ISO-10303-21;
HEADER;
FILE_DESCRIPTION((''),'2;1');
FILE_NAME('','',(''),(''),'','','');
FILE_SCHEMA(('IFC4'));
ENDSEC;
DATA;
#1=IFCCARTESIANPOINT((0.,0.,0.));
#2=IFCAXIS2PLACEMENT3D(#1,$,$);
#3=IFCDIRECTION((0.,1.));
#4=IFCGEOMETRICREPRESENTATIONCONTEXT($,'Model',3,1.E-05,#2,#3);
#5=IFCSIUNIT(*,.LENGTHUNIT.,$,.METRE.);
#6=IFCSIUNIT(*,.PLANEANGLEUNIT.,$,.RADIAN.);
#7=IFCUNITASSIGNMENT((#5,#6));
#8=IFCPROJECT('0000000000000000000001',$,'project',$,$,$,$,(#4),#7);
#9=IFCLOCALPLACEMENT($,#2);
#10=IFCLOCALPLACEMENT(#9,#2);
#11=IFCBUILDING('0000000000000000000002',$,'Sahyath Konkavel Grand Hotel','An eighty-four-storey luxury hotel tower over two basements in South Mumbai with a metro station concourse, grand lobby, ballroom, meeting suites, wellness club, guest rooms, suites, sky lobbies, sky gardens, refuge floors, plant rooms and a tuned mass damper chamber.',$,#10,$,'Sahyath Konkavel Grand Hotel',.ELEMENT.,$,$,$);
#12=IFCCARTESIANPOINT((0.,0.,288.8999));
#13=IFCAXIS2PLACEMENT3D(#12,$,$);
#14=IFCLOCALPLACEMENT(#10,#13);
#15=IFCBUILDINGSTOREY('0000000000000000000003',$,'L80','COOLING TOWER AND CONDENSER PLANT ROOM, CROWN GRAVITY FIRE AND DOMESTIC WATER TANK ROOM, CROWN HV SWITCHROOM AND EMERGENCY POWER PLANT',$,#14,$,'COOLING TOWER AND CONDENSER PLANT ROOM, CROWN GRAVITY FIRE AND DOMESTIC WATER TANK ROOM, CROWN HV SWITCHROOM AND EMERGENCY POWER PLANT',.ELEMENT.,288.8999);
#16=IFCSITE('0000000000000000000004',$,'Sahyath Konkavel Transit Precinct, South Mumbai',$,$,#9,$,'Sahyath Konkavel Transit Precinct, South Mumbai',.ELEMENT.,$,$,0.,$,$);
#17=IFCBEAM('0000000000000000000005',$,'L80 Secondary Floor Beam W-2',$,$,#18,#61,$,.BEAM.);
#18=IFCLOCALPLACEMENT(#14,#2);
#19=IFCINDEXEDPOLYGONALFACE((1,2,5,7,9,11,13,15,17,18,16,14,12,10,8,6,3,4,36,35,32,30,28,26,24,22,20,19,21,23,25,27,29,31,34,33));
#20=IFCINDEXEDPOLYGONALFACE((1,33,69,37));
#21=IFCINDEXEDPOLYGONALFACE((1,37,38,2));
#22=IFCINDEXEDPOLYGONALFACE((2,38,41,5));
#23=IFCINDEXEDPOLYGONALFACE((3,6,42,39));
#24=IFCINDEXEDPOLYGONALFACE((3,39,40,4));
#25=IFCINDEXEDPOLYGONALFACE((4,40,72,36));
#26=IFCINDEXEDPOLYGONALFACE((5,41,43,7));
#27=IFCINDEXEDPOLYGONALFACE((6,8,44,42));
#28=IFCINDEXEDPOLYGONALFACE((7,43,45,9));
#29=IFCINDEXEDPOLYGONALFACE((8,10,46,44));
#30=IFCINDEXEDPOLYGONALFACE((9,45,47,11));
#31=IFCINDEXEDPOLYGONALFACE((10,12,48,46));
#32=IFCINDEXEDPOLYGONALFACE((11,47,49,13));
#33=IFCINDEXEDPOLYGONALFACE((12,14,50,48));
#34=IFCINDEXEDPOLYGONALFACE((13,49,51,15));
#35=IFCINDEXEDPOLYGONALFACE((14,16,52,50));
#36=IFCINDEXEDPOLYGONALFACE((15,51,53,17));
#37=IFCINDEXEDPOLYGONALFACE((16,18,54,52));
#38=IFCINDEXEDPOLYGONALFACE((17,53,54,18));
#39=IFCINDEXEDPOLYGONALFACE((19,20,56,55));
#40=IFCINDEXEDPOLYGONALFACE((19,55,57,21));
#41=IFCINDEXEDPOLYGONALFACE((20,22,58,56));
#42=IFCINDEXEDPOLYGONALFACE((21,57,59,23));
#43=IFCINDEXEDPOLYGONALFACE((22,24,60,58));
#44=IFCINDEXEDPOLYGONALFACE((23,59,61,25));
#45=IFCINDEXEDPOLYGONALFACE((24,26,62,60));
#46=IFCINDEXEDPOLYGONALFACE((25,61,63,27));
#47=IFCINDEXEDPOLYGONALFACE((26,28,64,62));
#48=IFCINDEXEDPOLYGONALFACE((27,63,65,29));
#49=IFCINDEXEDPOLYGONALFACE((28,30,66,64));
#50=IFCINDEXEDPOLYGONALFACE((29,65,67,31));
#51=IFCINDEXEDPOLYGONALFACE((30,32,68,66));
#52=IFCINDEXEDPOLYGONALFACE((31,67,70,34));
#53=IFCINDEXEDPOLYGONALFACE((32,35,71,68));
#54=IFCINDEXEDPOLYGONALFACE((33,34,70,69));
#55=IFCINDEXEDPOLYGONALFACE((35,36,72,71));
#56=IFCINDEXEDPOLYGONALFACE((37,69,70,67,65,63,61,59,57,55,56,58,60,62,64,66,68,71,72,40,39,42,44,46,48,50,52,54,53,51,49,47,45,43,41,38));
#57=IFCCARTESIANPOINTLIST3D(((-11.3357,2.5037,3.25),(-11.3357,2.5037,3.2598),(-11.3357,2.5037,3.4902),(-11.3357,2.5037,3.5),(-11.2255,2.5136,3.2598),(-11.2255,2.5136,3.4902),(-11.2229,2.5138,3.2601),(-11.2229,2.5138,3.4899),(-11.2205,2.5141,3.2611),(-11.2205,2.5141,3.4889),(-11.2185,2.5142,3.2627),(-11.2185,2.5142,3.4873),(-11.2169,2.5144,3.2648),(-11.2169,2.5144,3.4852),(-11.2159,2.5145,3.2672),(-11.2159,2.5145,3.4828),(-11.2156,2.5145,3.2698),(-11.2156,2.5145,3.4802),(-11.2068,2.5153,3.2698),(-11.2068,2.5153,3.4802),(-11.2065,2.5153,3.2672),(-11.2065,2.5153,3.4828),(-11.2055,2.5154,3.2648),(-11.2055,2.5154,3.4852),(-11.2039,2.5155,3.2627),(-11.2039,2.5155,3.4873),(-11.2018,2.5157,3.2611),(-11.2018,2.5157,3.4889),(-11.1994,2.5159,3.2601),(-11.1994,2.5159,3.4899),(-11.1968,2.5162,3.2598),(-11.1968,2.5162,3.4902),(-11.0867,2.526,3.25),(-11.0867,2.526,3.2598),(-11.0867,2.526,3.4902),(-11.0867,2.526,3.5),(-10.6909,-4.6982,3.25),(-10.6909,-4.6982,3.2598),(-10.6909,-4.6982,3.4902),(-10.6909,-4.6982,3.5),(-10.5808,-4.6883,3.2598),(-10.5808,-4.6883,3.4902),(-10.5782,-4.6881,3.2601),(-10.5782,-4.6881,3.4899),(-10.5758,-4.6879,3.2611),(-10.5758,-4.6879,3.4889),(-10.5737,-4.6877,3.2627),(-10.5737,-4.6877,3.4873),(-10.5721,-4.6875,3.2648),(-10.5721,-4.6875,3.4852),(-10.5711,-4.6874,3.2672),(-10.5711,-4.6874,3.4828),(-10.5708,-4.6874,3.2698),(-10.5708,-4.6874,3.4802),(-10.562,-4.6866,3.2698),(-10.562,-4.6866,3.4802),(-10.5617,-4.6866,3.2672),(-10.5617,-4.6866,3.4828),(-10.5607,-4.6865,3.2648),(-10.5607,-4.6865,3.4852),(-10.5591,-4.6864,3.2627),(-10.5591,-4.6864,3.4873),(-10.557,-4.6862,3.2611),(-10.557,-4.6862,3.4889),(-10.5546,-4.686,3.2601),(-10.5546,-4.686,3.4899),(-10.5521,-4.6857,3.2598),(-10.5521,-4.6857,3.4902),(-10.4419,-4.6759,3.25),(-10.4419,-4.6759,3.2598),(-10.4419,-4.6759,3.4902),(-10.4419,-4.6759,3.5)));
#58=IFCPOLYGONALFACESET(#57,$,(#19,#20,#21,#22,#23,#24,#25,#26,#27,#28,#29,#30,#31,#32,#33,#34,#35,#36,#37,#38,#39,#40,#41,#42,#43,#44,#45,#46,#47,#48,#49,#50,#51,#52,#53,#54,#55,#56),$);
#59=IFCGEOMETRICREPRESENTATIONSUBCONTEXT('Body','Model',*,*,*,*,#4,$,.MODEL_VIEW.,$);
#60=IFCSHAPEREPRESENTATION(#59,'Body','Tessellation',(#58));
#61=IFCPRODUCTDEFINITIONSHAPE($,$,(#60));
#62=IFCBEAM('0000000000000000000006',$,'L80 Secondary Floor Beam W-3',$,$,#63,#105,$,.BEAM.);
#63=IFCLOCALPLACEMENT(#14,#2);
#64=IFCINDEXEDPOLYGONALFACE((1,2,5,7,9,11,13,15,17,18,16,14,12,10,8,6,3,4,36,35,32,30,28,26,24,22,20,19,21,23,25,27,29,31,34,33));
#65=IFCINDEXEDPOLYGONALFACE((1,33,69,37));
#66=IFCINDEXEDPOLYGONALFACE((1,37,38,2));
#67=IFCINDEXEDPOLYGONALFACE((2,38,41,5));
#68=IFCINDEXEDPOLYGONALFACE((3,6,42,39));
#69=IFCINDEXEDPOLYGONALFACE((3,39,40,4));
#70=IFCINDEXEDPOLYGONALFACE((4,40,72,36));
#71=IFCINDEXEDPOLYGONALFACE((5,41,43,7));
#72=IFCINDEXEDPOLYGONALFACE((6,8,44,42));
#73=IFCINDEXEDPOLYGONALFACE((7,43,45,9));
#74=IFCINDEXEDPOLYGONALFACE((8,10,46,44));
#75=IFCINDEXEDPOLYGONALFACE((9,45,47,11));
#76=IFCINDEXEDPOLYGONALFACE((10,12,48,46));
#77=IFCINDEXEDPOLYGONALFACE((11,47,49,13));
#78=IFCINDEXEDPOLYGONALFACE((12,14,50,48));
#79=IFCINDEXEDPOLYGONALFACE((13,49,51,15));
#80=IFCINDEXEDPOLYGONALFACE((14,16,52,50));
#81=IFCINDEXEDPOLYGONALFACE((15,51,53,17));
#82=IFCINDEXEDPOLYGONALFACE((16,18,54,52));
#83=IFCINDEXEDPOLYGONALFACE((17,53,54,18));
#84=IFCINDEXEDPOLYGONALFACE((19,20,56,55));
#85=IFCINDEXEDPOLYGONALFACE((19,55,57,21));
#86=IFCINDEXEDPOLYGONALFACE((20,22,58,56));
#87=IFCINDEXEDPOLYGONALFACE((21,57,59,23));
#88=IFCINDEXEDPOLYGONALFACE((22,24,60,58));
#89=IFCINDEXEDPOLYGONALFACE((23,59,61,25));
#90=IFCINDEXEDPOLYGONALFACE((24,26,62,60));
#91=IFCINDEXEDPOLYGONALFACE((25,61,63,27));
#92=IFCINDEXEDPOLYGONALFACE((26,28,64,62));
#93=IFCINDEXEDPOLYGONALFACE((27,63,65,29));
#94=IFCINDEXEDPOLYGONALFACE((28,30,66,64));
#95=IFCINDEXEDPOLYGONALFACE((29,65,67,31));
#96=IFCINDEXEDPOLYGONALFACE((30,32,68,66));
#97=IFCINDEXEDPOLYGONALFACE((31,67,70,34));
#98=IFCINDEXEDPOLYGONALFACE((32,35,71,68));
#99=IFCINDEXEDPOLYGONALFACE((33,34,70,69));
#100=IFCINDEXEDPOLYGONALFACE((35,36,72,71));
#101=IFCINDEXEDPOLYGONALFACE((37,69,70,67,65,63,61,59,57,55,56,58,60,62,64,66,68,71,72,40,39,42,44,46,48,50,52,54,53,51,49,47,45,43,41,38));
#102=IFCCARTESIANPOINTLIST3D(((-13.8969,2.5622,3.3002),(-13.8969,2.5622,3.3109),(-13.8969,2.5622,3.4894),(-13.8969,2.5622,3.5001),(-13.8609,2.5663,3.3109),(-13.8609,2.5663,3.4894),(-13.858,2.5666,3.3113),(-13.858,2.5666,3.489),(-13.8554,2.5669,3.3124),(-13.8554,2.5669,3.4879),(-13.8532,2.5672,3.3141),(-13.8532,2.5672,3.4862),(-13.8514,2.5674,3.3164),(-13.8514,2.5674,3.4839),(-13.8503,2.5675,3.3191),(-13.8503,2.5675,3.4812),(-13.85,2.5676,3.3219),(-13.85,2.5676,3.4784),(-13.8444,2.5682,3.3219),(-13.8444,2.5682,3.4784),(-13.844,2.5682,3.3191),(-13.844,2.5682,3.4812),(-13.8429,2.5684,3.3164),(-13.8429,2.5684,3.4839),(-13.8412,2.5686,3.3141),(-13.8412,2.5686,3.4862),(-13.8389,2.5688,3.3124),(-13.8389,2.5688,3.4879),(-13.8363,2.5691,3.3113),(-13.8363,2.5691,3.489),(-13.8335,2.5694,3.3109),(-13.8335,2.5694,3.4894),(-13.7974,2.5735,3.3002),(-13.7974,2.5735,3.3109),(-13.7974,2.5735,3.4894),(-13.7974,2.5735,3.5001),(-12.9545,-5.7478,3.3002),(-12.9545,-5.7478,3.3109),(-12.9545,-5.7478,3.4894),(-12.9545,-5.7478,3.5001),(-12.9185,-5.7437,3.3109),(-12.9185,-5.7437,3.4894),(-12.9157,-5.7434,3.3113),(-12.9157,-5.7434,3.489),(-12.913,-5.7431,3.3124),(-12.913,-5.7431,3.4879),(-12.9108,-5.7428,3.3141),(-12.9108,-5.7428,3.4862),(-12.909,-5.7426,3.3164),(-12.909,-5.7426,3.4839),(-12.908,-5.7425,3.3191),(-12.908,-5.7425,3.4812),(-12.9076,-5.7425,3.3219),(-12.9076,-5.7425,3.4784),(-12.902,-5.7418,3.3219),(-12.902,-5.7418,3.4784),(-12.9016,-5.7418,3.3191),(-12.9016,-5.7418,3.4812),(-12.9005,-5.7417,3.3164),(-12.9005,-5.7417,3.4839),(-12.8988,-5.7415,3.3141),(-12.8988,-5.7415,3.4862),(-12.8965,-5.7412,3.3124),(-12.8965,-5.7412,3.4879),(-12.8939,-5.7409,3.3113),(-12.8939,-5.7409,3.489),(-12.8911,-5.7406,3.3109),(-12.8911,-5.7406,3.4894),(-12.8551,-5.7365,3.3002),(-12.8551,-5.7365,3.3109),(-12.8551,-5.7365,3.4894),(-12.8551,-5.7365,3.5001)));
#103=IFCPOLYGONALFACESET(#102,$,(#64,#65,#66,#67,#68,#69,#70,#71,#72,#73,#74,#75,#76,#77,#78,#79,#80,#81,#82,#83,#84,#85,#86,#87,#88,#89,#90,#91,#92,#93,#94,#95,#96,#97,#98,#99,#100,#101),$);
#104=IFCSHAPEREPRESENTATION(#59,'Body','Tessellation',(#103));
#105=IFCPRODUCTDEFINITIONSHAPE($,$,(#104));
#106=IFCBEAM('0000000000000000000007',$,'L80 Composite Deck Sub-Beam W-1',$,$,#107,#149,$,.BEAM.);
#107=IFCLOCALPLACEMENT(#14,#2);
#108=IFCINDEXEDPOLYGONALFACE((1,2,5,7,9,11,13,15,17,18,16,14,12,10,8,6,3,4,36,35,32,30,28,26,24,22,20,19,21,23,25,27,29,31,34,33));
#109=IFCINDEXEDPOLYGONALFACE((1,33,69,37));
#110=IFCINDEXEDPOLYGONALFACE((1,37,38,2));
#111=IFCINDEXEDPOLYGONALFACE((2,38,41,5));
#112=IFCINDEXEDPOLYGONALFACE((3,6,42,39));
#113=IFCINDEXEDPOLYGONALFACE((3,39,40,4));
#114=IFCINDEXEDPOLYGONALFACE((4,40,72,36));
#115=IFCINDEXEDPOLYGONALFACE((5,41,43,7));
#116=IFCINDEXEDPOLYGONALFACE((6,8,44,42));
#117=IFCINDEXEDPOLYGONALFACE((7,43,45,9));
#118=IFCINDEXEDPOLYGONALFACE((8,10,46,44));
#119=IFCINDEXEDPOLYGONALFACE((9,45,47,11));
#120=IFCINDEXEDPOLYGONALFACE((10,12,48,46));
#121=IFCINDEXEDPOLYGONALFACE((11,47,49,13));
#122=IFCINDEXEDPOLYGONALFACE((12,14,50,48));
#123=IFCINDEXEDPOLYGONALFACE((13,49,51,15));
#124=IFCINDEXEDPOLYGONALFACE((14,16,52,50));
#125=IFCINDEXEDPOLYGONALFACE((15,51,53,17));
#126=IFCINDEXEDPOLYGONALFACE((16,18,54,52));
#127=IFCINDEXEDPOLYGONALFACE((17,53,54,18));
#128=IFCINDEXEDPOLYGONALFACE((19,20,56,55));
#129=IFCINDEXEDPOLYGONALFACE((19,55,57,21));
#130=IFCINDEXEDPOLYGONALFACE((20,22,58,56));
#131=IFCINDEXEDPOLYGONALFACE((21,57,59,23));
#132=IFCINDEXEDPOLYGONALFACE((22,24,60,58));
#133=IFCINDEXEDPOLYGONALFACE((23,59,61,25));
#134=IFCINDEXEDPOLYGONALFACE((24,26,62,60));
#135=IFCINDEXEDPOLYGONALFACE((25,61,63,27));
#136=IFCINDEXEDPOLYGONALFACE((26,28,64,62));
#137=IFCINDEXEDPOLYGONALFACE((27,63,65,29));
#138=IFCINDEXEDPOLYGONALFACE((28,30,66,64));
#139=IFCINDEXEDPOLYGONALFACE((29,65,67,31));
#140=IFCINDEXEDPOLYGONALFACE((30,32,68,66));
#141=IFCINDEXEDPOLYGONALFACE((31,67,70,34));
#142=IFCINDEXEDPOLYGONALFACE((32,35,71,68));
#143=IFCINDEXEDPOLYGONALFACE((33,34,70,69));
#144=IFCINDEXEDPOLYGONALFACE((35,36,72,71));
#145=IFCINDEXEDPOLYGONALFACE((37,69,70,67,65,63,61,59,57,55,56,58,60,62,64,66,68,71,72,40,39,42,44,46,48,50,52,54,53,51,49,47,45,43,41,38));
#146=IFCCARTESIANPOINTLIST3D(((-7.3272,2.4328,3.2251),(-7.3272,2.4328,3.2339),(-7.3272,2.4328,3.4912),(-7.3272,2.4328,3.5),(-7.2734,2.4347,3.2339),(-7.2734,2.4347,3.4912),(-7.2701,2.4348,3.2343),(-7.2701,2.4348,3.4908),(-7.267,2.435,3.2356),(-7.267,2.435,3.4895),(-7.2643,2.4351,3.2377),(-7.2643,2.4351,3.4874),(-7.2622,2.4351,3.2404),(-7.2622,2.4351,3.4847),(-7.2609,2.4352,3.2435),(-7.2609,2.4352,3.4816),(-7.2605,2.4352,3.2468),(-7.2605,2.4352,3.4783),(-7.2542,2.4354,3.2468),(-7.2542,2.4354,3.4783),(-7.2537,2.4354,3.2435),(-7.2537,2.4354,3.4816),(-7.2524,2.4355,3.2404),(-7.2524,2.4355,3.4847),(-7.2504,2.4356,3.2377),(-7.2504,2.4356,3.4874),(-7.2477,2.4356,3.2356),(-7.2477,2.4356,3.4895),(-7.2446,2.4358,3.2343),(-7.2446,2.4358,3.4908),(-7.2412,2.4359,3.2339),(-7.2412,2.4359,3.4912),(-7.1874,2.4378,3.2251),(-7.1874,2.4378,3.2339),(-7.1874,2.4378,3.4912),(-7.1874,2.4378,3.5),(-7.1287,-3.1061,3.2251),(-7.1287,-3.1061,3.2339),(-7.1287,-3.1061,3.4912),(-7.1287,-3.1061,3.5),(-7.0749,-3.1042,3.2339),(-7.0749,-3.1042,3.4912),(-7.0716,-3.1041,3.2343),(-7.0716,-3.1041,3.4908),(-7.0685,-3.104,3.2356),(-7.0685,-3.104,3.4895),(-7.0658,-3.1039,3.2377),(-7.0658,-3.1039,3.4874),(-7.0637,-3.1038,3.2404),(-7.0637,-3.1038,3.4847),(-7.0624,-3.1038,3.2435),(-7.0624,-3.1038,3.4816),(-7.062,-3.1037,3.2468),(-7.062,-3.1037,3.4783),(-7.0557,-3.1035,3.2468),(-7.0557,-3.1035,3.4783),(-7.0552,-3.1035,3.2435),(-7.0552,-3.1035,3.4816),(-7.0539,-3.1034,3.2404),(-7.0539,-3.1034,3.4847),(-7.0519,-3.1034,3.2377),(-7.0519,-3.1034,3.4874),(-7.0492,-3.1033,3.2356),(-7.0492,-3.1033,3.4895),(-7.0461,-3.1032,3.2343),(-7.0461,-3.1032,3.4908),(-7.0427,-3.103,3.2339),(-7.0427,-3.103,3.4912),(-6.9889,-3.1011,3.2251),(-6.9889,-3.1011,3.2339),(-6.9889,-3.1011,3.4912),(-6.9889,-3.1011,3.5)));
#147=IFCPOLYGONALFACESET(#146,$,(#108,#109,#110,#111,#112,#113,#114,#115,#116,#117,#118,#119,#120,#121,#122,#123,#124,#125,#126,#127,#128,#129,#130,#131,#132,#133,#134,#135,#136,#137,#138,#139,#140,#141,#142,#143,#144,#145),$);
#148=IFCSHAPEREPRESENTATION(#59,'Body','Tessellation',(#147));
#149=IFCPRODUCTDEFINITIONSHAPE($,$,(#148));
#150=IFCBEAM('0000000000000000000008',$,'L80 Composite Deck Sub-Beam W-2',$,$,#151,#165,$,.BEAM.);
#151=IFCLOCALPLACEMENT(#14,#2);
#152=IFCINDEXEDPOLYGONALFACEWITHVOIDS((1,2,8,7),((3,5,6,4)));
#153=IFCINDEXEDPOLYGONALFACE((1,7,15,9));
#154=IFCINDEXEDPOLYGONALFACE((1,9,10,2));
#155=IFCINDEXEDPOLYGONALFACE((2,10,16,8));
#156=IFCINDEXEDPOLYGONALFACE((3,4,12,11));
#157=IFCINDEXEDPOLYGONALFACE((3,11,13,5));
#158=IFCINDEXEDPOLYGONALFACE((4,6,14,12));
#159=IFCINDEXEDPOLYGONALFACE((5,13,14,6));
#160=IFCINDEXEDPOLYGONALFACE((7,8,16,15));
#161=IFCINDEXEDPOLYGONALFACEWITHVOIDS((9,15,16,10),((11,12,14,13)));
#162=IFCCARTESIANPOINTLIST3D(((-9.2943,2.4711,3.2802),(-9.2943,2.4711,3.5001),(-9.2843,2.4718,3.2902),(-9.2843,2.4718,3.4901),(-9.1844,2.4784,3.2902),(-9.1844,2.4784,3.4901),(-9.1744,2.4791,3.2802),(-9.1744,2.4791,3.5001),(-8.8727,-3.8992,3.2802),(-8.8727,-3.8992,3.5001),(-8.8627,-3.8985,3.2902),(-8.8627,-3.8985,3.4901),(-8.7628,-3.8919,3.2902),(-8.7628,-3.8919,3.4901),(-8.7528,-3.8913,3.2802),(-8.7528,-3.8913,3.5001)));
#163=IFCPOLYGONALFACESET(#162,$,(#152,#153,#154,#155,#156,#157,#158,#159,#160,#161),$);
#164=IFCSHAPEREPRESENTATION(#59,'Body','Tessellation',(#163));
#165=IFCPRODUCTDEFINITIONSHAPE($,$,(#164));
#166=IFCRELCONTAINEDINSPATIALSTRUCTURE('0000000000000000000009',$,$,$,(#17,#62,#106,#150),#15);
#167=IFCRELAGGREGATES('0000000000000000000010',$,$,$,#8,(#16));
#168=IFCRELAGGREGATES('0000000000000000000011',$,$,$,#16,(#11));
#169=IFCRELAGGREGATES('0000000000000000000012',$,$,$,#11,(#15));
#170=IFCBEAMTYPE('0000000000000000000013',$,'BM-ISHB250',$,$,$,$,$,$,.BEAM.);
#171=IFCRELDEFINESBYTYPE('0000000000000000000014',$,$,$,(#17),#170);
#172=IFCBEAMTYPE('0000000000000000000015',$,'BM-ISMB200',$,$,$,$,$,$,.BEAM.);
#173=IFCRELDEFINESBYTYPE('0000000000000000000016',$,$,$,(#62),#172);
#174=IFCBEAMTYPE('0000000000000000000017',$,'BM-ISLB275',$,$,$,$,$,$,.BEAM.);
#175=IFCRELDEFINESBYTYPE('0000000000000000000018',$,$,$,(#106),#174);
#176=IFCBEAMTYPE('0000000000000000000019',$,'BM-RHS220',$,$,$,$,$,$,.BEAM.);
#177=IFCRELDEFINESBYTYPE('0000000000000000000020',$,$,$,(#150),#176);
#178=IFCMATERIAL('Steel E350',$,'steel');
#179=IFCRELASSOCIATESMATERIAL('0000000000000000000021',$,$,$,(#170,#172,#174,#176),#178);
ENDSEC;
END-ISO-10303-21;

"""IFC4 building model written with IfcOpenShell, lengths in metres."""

from ifc_helpers import new_model, si_unit, direction, frame, origin, origin_2d, place, context, subcontext, project, spatial, hollow_rectangle, i_section, extrude, source, transform, mapped, material, material_profile, profile_set, type_object, element, save


model = new_model("IFC4")

# Units and contexts
model_context = context("Model", 3, precision=1e-05, world=origin(), true_north=direction((0.0, 1.0)))
body_context = subcontext(model_context, "Body", "Model", "MODEL_VIEW")
ifc_project = project(units=[si_unit("LENGTHUNIT", "METRE"), si_unit("PLANEANGLEUNIT", "RADIAN")], contexts=[model_context])

# Site, building, storey
site_placement = place(None, origin())
site = spatial("IfcSite", under=ifc_project, at=site_placement, Name="Sahyath Konkavel Transit Precinct, South Mumbai", LongName="Sahyath Konkavel Transit Precinct, South Mumbai", CompositionType="ELEMENT", RefElevation=0.0)
building_placement = place(site_placement, origin())
building = spatial("IfcBuilding", under=site, at=building_placement, Name="Sahyath Konkavel Grand Hotel", Description="An eighty-four-storey luxury hotel tower over two basements in South Mumbai with a metro station concourse, grand lobby, ballroom, meeting suites, wellness club, guest rooms, suites, sky lobbies, sky gardens, refuge floors, plant rooms and a tuned mass damper chamber.", LongName="Sahyath Konkavel Grand Hotel", CompositionType="ELEMENT")
storey_placement = place(building_placement, frame((0.0, 0.0, 288.8999)))
storey = spatial("IfcBuildingStorey", under=building, at=storey_placement, Name="L80", Description="COOLING TOWER AND CONDENSER PLANT ROOM, CROWN GRAVITY FIRE AND DOMESTIC WATER TANK ROOM, CROWN HV SWITCHROOM AND EMERGENCY POWER PLANT", LongName="COOLING TOWER AND CONDENSER PLANT ROOM, CROWN GRAVITY FIRE AND DOMESTIC WATER TANK ROOM, CROWN HV SWITCHROOM AND EMERGENCY POWER PLANT", CompositionType="ELEMENT", Elevation=288.8999)

# Beams
ifc_material_1 = material(Name="Steel E350", Category="steel")
ifc_material_profile_1 = material_profile(ifc_material_1, i_section(OverallWidth=0.25, OverallDepth=0.25, WebThickness=0.0088, FlangeThickness=0.0098, FilletRadius=0.01, at=origin_2d()), Name="ISHB 250")
ifc_profile_set_1 = profile_set([ifc_material_profile_1], Name="Steel E350")
beam_type_1 = type_object("IfcBeamType", Name="BM-ISHB250", PredefinedType="BEAM", material=ifc_profile_set_1)
shared_shape_1 = source(origin(), body_context, "Body", "SweptSolid", [
    extrude(i_section(OverallWidth=0.25, OverallDepth=0.25, WebThickness=0.0088, FlangeThickness=0.0098, FilletRadius=0.01, at=origin_2d()), origin(), (0.0, 0.0, 1.0), 7.2307),
])
beam_1_placement = place(storey_placement, frame((-11.2112, 2.5149, 3.375), z_axis=(0.089172, -0.996016, 0.0), x_axis=(0.996016, 0.089172, 0.0)))
element("IfcBeam", 1, at=beam_1_placement, inside=storey, type_object=beam_type_1, Name="L80 Secondary Floor Beam W-2", PredefinedType="BEAM", context=body_context, shape_type="MappedRepresentation", body=[
    mapped(shared_shape_1, transform((0.0, 0.0, 0.0), scale=1.0)),
])
ifc_material_profile_2 = material_profile(ifc_material_1, i_section(OverallWidth=0.1001, OverallDepth=0.2, WebThickness=0.0056, FlangeThickness=0.0107, FilletRadius=0.011, at=origin_2d()), Name="ISMB 200")
ifc_profile_set_2 = profile_set([ifc_material_profile_2], Name="Steel E350")
beam_type_2 = type_object("IfcBeamType", Name="BM-ISMB200", PredefinedType="BEAM", material=ifc_profile_set_2)
shared_shape_2 = source(origin(), body_context, "Body", "SweptSolid", [
    extrude(i_section(OverallWidth=0.1001, OverallDepth=0.2, WebThickness=0.0056, FlangeThickness=0.0107, FilletRadius=0.011, at=origin_2d()), origin(), (0.0, 0.0, 1.0), 8.3633),
])
beam_2_placement = place(storey_placement, frame((-13.8472, 2.5679, 3.4001), z_axis=(0.11268, -0.993631, 0.0), x_axis=(0.993631, 0.11268, 0.0)))
element("IfcBeam", 2, at=beam_2_placement, inside=storey, type_object=beam_type_2, Name="L80 Secondary Floor Beam W-3", PredefinedType="BEAM", context=body_context, shape_type="MappedRepresentation", body=[
    mapped(shared_shape_2, transform((0.0, 0.0, 0.0), scale=1.0)),
])
ifc_material_profile_3 = material_profile(ifc_material_1, i_section(OverallWidth=0.1399, OverallDepth=0.2749, WebThickness=0.0063, FlangeThickness=0.0088, FilletRadius=0.0129, at=origin_2d()), Name="ISLB 275")
ifc_profile_set_3 = profile_set([ifc_material_profile_3], Name="Steel E350")
beam_type_3 = type_object("IfcBeamType", Name="BM-ISLB275", PredefinedType="BEAM", material=ifc_profile_set_3)
shared_shape_3 = source(origin(), body_context, "Body", "SweptSolid", [
    extrude(i_section(OverallWidth=0.1399, OverallDepth=0.2749, WebThickness=0.0063, FlangeThickness=0.0088, FilletRadius=0.0129, at=origin_2d()), origin(), (0.0, 0.0, 1.0), 5.5425),
])
beam_3_placement = place(storey_placement, frame((-7.2573, 2.4353, 3.3625), z_axis=(0.035813, -0.999359, 0.0), x_axis=(0.999359, 0.035813, 0.0)))
element("IfcBeam", 3, at=beam_3_placement, inside=storey, type_object=beam_type_3, Name="L80 Composite Deck Sub-Beam W-1", PredefinedType="BEAM", context=body_context, shape_type="MappedRepresentation", body=[
    mapped(shared_shape_3, transform((0.0, 0.0, 0.0), scale=1.0)),
])
ifc_material_profile_4 = material_profile(ifc_material_1, hollow_rectangle(XDim=0.1201, YDim=0.22, WallThickness=0.01, at=origin_2d()), Name="RHS 220x120x10")
ifc_profile_set_4 = profile_set([ifc_material_profile_4], Name="Steel E350")
beam_type_4 = type_object("IfcBeamType", Name="BM-RHS220", PredefinedType="BEAM", material=ifc_profile_set_4)
shared_shape_4 = source(origin(), body_context, "Body", "SweptSolid", [
    extrude(hollow_rectangle(XDim=0.1201, YDim=0.22, WallThickness=0.01, at=origin_2d()), origin(), (0.0, 0.0, 1.0), 6.3843),
])
beam_4_placement = place(storey_placement, frame((-9.2344, 2.4751, 3.3901), z_axis=(0.066042, -0.997817, 0.0), x_axis=(0.997817, 0.066042, 0.0)))
element("IfcBeam", 4, at=beam_4_placement, inside=storey, type_object=beam_type_4, Name="L80 Composite Deck Sub-Beam W-2", PredefinedType="BEAM", context=body_context, shape_type="MappedRepresentation", body=[
    mapped(shared_shape_4, transform((0.0, 0.0, 0.0), scale=1.0)),
])

save(model, "model.ifc")
